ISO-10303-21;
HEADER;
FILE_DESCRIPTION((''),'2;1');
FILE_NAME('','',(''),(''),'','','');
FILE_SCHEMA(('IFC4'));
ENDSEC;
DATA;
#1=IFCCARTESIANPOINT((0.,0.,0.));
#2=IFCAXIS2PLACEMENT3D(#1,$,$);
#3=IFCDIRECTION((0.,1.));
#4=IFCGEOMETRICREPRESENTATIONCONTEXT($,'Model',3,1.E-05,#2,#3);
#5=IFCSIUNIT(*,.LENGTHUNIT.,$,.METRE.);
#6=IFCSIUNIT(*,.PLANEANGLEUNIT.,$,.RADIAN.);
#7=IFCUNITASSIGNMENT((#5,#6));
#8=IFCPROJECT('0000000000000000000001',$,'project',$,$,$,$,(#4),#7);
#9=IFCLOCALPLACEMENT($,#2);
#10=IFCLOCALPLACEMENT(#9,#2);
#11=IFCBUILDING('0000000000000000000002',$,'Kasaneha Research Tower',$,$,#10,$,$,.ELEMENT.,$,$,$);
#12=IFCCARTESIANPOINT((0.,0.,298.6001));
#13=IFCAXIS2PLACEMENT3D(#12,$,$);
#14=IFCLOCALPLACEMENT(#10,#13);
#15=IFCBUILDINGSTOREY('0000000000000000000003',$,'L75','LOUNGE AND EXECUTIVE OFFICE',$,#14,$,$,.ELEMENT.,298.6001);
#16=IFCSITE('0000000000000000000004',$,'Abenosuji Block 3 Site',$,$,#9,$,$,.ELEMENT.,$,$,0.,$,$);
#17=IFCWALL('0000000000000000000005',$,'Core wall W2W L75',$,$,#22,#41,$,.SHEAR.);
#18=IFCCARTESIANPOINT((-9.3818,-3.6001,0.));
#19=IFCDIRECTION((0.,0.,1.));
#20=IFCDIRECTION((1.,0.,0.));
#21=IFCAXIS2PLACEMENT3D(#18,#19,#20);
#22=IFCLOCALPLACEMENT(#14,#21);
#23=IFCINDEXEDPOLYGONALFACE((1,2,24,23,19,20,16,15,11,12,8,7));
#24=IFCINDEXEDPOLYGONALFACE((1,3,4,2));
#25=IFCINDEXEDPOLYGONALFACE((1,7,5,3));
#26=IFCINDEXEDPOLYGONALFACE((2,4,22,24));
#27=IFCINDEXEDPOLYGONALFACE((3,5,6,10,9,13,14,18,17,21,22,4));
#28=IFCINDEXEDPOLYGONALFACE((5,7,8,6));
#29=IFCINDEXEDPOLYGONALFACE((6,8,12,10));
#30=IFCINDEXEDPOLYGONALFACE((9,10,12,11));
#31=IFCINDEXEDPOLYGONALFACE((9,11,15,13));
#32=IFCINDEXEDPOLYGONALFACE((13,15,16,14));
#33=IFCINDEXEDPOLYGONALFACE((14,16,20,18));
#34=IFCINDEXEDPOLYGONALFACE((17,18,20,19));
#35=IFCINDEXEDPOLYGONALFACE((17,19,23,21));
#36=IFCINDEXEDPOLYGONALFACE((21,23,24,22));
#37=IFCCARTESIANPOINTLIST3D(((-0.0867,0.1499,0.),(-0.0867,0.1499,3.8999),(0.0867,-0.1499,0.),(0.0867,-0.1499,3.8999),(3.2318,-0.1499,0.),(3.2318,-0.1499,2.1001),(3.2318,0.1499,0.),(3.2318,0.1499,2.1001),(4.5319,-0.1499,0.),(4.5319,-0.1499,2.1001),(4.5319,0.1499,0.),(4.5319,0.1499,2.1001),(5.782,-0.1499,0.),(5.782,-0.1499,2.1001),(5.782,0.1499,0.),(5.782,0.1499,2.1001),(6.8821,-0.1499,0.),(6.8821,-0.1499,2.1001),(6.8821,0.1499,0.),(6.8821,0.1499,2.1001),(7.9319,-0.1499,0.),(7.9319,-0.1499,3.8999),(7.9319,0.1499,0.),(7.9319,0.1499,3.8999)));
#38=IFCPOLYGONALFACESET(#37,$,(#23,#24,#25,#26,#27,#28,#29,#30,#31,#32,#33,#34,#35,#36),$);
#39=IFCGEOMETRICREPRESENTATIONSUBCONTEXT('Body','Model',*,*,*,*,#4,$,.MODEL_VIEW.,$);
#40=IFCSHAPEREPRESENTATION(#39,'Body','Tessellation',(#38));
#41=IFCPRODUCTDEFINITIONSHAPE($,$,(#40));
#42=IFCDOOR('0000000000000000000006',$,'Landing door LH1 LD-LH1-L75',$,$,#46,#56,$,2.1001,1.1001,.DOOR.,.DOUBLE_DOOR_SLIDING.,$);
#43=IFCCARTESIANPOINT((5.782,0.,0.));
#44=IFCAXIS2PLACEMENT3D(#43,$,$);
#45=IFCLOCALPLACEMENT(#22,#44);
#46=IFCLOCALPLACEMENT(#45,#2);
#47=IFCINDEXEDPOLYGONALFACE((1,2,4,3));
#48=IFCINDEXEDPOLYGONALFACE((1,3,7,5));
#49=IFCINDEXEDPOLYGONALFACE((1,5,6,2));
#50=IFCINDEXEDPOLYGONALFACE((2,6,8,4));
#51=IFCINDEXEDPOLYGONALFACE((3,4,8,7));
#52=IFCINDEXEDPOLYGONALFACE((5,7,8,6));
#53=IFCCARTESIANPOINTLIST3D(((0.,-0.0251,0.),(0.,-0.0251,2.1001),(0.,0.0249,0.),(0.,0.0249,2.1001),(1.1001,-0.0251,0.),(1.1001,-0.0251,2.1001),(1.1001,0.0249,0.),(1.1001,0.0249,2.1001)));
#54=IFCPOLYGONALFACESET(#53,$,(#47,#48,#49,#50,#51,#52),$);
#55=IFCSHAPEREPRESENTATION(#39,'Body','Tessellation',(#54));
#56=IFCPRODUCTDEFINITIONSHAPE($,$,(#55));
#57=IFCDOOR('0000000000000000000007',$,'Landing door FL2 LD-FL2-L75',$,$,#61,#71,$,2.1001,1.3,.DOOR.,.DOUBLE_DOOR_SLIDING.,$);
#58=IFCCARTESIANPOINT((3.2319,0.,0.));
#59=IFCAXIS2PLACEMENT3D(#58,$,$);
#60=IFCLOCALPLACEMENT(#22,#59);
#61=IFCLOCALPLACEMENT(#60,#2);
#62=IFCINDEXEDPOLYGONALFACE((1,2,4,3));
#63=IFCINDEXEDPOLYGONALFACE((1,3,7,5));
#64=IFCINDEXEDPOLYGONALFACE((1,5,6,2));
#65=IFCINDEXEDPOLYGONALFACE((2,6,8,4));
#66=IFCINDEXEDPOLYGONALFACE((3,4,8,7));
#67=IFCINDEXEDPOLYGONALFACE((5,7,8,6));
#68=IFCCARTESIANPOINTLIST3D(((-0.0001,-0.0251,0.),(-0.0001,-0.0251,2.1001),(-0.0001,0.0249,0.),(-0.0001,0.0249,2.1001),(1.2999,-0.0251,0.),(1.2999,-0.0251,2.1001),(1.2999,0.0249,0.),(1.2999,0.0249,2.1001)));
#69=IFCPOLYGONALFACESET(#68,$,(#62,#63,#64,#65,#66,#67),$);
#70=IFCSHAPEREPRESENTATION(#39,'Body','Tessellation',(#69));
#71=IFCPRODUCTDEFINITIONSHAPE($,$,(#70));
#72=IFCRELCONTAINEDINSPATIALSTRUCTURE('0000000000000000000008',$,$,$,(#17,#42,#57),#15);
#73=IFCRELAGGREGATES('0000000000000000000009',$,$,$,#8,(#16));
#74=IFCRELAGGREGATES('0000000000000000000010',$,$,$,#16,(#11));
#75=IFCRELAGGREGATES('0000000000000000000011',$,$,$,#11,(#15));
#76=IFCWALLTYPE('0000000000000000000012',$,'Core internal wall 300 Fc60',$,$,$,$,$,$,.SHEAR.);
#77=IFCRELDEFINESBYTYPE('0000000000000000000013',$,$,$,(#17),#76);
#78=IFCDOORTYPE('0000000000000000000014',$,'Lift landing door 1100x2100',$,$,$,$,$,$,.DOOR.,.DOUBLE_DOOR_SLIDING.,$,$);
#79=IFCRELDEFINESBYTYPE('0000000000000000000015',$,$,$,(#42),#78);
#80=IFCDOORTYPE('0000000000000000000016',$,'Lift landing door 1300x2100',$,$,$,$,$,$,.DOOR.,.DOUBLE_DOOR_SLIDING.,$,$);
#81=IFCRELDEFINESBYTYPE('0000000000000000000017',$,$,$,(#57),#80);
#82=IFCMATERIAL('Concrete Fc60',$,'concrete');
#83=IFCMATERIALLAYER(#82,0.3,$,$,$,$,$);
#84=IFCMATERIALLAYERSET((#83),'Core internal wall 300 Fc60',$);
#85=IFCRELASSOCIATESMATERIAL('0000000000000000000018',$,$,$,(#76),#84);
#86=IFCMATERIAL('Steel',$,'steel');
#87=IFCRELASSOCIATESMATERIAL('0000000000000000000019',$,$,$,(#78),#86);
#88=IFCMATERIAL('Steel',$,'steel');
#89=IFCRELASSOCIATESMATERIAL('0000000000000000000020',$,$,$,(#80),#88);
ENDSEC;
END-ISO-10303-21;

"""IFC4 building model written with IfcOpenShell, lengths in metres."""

from ifc_helpers import new_model, si_unit, direction, frame, frame_2d, origin, place, context, subcontext, project, spatial, polyline, rectangle, outline, extrude, material, layer, layer_set, type_object, element, fill, save


model = new_model("IFC4")

# Units and contexts
model_context = context("Model", 3, precision=1e-05, world=origin(), true_north=direction((0.0, 1.0)))
body_context = subcontext(model_context, "Body", "Model", "MODEL_VIEW")
ifc_project = project(units=[si_unit("LENGTHUNIT", "METRE"), si_unit("PLANEANGLEUNIT", "RADIAN")], contexts=[model_context])

# Site, building, storey
site_placement = place(None, origin())
site = spatial("IfcSite", under=ifc_project, at=site_placement, Name="Abenosuji Block 3 Site", CompositionType="ELEMENT", RefElevation=0.0)
building_placement = place(site_placement, origin())
building = spatial("IfcBuilding", under=site, at=building_placement, Name="Kasaneha Research Tower", CompositionType="ELEMENT")
storey_placement = place(building_placement, frame((0.0, 0.0, 298.6001)))
storey = spatial("IfcBuildingStorey", under=building, at=storey_placement, Name="L75", Description="LOUNGE AND EXECUTIVE OFFICE", CompositionType="ELEMENT", Elevation=298.6001)

# Wall, openings, doors
ifc_material_1 = material(Name="Concrete Fc60", Category="concrete")
ifc_layer_1 = layer(ifc_material_1, 0.3)
ifc_layer_set_1 = layer_set([ifc_layer_1], Name="Core internal wall 300 Fc60")
wall_type_1 = type_object("IfcWallType", Name="Core internal wall 300 Fc60", PredefinedType="SHEAR", material=ifc_layer_set_1)
wall_1_placement = place(storey_placement, frame((-9.3818, -3.6001, 0.0), z_axis=(0.0, 0.0, 1.0), x_axis=(1.0, 0.0, 0.0)))
wall_1 = element("IfcWall", 1, at=wall_1_placement, inside=storey, type_object=wall_type_1, Name="Core wall W2W L75", PredefinedType="SHEAR", context=body_context, shape_type="SweptSolid", body=[
    extrude(outline(polyline([(0.0867, -0.1499), (3.2319, -0.1499), (4.532, -0.1499), (5.782, -0.1499), (6.8821, -0.1499), (7.9319, -0.1499), (7.9319, 0.1499), (6.8821, 0.1499), (5.782, 0.1499), (4.532, 0.1499), (3.2319, 0.1499), (-0.0867, 0.1499), (0.0867, -0.1499)])), origin(), (0.0, 0.0, 1.0), 3.8999),
])
opening_1_placement = place(wall_1_placement, frame((5.782, 0.0, 0.0)))
opening_1 = element("IfcOpeningElement", 2, at=opening_1_placement, cuts=wall_1, PredefinedType="OPENING", context=body_context, shape_type="SweptSolid", body=[
    extrude(rectangle(XDim=1.1001, YDim=2.1001, at=frame_2d((0.55, 1.05))), frame((0.0, 0.1602, 0.0), z_axis=(0.0, -1.0, 0.0), x_axis=(1.0, 0.0, 0.0)), (0.0, 0.0, 1.0), 0.3201),
])
opening_2_placement = place(wall_1_placement, frame((3.2319, 0.0, 0.0)))
opening_2 = element("IfcOpeningElement", 3, at=opening_2_placement, cuts=wall_1, PredefinedType="OPENING", context=body_context, shape_type="SweptSolid", body=[
    extrude(rectangle(XDim=1.3, YDim=2.1001, at=frame_2d((0.6499, 1.05))), frame((0.0, 0.1602, 0.0), z_axis=(0.0, -1.0, 0.0), x_axis=(1.0, 0.0, 0.0)), (0.0, 0.0, 1.0), 0.3201),
])
ifc_material_2 = material(Name="Steel", Category="steel")
door_type_1 = type_object("IfcDoorType", Name="Lift landing door 1100x2100", OperationType="DOUBLE_DOOR_SLIDING", PredefinedType="DOOR", material=ifc_material_2)
door_1_placement = place(opening_1_placement, origin())
door_1 = element("IfcDoor", 4, at=door_1_placement, inside=storey, type_object=door_type_1, Name="Landing door LH1 LD-LH1-L75", OperationType="DOUBLE_DOOR_SLIDING", OverallHeight=2.1001, OverallWidth=1.1001, PredefinedType="DOOR", context=body_context, shape_type="SweptSolid", body=[
    extrude(rectangle(XDim=1.1001, YDim=2.1001, at=frame_2d((0.55, 1.05))), frame((0.0, 0.0249, 0.0), z_axis=(0.0, -1.0, 0.0), x_axis=(1.0, 0.0, 0.0)), (0.0, 0.0, 1.0), 0.05),
])
fill(opening_1, door_1)
ifc_material_3 = material(Name="Steel", Category="steel")
door_type_2 = type_object("IfcDoorType", Name="Lift landing door 1300x2100", OperationType="DOUBLE_DOOR_SLIDING", PredefinedType="DOOR", material=ifc_material_3)
door_2_placement = place(opening_2_placement, origin())
door_2 = element("IfcDoor", 5, at=door_2_placement, inside=storey, type_object=door_type_2, Name="Landing door FL2 LD-FL2-L75", OperationType="DOUBLE_DOOR_SLIDING", OverallHeight=2.1001, OverallWidth=1.3, PredefinedType="DOOR", context=body_context, shape_type="SweptSolid", body=[
    extrude(rectangle(XDim=1.3, YDim=2.1001, at=frame_2d((0.6499, 1.05))), frame((0.0, 0.0249, 0.0), z_axis=(0.0, -1.0, 0.0), x_axis=(1.0, 0.0, 0.0)), (0.0, 0.0, 1.0), 0.05),
])
fill(opening_2, door_2)

save(model, "model.ifc")
